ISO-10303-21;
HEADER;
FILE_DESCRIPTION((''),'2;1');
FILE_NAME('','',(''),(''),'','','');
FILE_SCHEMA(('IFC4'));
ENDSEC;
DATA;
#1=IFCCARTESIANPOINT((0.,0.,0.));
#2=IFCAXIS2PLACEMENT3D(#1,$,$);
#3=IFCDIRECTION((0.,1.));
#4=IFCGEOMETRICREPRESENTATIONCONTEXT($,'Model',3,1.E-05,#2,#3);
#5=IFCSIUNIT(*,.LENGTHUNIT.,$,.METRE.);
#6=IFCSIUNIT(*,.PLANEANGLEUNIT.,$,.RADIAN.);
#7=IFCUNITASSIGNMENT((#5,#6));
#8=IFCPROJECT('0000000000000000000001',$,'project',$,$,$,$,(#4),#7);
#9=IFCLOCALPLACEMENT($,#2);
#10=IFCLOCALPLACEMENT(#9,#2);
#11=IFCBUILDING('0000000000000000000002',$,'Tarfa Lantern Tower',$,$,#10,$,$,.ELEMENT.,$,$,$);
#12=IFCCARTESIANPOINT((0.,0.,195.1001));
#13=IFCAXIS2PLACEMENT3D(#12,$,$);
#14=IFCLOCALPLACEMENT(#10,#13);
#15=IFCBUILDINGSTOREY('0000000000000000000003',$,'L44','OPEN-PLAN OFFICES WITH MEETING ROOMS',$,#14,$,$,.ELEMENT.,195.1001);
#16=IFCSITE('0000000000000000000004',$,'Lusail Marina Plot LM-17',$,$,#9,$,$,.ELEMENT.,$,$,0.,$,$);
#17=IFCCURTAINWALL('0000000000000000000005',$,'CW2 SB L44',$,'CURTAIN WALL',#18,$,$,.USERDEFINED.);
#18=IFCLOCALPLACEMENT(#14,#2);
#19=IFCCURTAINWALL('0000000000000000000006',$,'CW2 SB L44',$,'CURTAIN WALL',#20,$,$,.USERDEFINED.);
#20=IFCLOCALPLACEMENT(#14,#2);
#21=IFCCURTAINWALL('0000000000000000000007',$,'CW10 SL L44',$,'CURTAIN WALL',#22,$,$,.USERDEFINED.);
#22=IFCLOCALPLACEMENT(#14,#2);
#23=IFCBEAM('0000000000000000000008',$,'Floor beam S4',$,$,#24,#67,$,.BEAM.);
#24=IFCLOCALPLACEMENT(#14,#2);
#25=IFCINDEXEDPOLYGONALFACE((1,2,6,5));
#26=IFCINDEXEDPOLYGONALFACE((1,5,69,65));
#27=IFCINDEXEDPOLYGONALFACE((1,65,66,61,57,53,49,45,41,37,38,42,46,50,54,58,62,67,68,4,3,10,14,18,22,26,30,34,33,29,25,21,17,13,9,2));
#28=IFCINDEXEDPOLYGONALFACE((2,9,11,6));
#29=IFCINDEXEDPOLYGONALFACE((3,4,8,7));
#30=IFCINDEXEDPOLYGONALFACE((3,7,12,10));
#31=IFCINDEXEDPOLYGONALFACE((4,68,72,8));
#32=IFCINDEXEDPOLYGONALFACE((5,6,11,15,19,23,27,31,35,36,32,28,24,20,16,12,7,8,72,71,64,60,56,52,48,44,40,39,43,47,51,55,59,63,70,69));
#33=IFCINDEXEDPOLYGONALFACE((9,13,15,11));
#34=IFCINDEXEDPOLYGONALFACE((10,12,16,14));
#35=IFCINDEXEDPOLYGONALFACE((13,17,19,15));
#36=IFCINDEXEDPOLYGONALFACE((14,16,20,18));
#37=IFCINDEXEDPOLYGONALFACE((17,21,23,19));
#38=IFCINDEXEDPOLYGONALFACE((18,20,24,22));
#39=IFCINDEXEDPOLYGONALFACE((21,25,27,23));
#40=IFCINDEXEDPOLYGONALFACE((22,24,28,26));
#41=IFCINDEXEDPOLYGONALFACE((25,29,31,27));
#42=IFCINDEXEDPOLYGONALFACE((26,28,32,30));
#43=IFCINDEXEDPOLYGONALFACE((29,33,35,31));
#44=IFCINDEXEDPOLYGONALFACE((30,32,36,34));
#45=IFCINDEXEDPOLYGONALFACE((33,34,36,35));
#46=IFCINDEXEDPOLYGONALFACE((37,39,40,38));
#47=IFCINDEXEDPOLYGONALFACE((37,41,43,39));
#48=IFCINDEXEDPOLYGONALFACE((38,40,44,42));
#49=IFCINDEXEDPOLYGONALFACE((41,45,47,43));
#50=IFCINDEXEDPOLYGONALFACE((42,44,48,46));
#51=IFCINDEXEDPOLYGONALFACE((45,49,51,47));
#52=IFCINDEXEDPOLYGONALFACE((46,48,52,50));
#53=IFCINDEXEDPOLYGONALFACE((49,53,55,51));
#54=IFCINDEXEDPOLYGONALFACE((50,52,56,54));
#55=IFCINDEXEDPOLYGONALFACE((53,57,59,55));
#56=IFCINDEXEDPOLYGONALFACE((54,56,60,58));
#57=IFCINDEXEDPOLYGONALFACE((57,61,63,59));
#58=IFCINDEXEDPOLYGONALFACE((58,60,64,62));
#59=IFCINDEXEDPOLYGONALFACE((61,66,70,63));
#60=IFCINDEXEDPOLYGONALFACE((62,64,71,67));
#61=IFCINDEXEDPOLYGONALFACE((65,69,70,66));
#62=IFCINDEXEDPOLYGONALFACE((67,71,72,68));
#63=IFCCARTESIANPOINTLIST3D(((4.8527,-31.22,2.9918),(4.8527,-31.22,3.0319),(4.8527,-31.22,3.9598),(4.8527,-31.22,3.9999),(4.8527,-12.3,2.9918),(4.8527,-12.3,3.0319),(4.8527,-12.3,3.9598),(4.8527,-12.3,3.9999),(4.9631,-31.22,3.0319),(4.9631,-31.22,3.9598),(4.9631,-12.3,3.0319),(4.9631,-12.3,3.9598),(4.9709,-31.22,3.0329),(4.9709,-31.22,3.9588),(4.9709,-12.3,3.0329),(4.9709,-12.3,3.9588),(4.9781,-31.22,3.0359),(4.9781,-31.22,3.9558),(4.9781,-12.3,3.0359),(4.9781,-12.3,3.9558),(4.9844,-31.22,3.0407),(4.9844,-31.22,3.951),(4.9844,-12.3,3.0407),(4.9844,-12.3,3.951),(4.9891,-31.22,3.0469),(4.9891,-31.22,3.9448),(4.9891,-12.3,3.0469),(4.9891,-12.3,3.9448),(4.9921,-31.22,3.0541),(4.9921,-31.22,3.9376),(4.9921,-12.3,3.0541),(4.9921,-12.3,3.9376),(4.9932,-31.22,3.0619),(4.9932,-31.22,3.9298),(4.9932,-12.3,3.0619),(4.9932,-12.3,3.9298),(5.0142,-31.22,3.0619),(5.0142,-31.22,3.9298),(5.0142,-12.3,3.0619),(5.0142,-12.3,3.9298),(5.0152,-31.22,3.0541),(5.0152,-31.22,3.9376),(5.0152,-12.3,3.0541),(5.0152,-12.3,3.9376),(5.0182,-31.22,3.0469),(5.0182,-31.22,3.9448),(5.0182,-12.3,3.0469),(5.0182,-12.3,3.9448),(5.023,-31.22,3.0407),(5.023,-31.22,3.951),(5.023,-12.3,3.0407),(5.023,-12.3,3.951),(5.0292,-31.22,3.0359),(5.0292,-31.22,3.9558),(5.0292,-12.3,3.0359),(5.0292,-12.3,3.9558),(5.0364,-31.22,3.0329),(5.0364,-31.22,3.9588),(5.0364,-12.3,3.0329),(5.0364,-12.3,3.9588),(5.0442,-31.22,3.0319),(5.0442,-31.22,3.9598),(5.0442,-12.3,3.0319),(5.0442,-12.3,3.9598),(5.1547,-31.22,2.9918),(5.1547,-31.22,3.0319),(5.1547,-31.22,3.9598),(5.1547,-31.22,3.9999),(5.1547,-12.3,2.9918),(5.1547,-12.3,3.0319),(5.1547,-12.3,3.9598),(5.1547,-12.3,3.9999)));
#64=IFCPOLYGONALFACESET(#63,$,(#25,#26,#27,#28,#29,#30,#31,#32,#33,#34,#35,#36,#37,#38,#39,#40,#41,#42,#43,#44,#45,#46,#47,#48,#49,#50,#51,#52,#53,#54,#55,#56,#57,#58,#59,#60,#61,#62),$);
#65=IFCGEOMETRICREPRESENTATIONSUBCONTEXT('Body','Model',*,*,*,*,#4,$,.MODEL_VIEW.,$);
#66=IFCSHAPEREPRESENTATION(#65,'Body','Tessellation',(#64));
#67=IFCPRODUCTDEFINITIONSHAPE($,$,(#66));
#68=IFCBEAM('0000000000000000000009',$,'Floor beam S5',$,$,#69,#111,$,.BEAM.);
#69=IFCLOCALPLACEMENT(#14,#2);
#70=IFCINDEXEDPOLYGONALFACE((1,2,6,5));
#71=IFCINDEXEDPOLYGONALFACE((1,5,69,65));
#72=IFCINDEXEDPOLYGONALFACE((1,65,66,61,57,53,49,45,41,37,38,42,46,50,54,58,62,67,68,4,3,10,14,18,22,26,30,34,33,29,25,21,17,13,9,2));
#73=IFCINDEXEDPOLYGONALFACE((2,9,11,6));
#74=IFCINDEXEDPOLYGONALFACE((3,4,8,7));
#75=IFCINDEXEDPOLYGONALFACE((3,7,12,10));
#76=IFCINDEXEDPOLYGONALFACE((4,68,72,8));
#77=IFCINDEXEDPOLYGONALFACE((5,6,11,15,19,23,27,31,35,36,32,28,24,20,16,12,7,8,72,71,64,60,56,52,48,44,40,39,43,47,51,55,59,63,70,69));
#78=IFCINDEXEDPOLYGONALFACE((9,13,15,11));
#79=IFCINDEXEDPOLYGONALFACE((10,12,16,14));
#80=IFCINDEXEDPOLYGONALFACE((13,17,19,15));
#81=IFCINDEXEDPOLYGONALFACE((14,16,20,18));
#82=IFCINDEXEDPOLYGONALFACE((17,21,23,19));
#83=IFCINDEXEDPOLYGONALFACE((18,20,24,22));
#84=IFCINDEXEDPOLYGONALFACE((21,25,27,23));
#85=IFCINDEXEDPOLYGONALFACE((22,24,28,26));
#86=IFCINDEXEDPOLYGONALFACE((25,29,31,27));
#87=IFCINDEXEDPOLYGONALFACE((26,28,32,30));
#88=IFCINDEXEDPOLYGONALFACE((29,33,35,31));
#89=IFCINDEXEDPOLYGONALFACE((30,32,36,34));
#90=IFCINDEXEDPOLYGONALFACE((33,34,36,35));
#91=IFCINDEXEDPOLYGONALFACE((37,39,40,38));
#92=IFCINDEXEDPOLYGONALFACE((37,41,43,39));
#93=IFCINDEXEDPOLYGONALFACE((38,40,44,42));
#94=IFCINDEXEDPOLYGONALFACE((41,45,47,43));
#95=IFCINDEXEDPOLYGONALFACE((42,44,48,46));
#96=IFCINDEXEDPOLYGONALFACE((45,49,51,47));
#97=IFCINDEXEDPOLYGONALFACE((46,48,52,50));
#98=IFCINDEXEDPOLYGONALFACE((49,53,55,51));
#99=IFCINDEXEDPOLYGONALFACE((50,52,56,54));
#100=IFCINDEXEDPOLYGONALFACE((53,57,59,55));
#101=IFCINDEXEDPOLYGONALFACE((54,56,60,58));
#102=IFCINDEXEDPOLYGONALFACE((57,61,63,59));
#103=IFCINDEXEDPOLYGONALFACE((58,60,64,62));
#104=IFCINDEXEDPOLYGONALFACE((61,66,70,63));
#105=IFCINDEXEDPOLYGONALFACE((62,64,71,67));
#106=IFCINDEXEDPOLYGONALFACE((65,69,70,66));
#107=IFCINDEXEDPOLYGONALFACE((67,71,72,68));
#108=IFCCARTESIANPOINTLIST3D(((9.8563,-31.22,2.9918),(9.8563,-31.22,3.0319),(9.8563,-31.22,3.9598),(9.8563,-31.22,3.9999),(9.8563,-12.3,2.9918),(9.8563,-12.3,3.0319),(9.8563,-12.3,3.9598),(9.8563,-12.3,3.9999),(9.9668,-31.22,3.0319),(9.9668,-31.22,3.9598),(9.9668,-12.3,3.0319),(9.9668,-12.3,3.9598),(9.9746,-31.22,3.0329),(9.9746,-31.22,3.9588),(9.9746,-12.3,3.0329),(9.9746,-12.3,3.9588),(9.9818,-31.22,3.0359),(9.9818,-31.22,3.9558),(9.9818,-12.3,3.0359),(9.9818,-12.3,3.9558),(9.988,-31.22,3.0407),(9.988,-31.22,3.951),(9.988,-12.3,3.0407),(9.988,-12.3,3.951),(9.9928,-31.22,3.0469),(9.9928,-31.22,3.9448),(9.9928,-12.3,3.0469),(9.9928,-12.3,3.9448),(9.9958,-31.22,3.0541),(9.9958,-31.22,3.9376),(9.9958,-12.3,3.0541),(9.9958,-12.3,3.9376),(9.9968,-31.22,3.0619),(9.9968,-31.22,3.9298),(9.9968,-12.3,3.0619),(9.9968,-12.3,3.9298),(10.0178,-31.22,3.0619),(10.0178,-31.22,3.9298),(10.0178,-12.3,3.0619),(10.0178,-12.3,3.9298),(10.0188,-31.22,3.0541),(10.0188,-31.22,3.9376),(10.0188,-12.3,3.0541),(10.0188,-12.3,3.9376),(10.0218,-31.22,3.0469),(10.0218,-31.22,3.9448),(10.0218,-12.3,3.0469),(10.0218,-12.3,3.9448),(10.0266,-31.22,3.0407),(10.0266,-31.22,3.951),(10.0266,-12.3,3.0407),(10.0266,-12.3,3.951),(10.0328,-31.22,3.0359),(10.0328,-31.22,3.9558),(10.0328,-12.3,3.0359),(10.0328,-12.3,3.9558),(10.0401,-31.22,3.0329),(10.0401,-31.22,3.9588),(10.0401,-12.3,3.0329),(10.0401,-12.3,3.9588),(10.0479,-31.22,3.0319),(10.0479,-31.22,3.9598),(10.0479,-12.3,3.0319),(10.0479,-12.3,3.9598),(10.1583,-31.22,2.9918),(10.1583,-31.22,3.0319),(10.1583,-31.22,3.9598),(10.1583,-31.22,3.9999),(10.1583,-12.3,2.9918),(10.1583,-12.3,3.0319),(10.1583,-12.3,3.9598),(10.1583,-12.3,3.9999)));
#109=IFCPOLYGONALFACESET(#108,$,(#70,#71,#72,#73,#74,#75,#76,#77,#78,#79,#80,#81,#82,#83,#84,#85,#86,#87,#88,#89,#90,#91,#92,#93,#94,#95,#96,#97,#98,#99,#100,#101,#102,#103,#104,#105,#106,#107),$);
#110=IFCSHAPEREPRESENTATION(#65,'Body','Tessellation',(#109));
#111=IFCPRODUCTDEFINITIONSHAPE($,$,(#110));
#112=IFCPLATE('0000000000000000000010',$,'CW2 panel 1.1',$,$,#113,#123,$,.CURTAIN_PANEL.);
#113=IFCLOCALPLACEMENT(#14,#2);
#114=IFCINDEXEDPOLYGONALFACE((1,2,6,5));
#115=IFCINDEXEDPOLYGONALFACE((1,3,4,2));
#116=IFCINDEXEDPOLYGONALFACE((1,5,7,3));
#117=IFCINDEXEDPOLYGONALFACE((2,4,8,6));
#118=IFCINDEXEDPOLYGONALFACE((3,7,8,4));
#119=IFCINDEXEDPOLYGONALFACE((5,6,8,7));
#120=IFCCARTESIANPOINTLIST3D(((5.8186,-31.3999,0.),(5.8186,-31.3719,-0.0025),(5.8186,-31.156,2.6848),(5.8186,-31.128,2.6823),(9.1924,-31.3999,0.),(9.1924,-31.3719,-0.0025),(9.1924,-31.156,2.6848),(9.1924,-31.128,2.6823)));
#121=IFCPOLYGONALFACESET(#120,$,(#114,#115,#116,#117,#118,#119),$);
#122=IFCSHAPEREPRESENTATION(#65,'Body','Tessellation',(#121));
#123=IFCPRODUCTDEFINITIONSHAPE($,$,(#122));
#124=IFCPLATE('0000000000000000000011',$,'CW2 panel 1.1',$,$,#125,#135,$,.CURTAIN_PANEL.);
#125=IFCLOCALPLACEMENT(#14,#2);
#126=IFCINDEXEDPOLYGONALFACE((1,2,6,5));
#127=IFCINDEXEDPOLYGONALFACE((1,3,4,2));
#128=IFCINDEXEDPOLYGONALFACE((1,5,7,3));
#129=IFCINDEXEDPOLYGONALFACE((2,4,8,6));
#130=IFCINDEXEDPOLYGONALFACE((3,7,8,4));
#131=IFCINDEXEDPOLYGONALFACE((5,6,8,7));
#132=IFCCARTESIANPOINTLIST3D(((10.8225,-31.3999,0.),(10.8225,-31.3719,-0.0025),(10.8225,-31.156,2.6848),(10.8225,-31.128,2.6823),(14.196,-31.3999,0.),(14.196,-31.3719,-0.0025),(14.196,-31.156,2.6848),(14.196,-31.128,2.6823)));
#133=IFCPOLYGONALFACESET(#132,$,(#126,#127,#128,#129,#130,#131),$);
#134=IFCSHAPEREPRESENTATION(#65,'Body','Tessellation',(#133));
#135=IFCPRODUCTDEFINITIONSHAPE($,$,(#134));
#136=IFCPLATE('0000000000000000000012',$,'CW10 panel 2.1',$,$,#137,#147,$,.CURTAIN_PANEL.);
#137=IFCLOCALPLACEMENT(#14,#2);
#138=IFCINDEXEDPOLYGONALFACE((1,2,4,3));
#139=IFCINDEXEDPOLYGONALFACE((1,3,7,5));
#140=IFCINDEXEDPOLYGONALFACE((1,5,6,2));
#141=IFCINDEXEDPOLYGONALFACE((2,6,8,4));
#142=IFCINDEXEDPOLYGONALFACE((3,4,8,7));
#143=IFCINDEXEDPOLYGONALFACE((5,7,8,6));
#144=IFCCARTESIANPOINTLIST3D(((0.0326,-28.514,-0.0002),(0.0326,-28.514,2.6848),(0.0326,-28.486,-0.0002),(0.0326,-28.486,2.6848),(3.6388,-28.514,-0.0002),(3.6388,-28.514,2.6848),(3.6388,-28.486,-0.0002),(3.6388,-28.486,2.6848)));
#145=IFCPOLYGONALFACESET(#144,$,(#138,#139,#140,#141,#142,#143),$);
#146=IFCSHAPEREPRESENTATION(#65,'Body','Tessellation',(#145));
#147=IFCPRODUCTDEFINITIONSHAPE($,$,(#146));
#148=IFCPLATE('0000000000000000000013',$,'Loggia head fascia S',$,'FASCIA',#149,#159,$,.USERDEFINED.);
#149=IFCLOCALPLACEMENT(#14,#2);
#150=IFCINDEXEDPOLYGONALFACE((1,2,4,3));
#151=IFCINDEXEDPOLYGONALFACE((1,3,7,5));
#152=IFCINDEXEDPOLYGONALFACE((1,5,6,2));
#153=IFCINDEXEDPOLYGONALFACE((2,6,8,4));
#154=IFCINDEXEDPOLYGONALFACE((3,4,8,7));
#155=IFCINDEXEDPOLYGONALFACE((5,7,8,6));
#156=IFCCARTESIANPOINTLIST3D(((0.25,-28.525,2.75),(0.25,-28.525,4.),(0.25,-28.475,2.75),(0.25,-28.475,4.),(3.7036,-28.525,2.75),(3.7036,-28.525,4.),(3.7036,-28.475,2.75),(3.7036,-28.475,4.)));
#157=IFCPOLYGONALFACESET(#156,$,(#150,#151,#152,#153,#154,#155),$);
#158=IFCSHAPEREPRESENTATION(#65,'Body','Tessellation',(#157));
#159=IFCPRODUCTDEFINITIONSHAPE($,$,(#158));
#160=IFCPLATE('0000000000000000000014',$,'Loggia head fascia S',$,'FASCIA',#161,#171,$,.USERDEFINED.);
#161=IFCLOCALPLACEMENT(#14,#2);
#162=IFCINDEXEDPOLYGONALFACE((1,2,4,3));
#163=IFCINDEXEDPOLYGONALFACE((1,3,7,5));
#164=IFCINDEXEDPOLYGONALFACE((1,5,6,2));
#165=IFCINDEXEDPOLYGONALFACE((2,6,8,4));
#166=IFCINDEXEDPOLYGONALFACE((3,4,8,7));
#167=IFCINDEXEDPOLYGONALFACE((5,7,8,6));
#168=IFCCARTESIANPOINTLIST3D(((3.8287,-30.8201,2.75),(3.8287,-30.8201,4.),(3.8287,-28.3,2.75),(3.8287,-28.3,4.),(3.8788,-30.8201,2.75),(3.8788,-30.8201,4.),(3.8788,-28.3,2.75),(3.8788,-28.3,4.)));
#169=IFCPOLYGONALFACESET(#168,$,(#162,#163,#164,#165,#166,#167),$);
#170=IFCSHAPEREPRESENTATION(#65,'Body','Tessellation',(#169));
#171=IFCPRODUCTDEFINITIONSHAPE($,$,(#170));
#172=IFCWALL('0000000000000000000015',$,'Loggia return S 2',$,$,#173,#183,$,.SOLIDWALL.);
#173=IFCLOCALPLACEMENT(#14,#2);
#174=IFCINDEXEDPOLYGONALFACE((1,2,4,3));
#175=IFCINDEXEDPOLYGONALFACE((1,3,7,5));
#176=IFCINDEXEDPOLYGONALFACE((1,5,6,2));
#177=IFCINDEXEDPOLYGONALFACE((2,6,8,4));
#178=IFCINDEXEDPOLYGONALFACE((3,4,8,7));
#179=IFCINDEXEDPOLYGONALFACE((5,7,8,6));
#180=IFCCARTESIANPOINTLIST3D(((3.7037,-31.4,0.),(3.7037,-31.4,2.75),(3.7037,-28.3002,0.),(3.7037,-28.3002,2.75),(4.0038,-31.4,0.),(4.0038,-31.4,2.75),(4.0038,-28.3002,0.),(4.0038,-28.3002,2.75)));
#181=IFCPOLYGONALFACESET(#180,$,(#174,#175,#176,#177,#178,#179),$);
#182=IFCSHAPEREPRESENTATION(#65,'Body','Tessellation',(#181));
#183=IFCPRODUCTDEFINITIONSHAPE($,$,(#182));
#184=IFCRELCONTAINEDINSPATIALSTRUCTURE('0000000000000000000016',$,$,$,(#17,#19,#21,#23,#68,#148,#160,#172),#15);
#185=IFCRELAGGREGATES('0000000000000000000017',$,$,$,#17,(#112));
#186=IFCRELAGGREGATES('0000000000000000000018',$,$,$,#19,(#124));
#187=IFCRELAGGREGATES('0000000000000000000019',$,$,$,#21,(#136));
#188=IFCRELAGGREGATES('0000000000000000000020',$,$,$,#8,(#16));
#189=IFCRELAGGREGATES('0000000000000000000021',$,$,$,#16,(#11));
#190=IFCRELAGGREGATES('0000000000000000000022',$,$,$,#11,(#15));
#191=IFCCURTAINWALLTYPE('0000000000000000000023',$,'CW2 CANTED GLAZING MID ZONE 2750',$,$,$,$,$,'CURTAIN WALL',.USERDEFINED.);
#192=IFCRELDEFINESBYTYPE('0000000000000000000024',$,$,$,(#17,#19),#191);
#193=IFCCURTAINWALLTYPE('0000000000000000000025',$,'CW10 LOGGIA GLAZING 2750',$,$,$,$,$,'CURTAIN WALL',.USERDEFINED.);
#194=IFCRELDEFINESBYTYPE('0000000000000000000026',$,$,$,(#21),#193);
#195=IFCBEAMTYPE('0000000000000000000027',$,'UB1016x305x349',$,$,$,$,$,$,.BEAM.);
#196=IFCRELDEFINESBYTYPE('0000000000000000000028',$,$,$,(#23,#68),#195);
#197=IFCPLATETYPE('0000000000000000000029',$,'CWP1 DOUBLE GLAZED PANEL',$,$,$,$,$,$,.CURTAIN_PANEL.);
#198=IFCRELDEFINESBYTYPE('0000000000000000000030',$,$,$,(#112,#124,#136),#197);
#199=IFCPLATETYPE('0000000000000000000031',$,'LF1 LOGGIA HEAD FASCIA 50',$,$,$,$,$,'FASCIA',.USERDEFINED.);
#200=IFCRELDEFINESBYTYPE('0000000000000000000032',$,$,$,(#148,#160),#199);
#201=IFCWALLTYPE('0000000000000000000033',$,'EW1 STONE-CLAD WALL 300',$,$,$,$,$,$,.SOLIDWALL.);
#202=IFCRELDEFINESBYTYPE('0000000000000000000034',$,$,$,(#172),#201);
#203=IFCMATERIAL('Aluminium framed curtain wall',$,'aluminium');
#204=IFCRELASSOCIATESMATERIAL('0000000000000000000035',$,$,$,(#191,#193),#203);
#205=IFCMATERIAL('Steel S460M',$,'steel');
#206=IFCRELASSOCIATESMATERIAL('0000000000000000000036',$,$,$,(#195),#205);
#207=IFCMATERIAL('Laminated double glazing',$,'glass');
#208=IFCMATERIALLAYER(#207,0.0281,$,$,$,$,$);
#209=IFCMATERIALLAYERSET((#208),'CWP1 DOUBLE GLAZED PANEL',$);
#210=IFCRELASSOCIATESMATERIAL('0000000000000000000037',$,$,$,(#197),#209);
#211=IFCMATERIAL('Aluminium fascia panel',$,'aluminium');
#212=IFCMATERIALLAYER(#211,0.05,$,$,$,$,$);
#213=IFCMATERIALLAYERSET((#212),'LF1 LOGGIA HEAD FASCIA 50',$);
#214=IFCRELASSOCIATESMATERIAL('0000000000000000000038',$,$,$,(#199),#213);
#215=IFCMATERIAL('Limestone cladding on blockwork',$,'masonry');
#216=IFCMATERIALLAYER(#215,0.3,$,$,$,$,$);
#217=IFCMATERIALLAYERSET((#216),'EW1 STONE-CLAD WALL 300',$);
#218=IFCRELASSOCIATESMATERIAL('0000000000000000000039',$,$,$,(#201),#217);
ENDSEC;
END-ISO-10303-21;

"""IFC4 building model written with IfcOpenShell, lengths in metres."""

from ifc_helpers import new_model, si_unit, direction, frame, frame_2d, origin, origin_2d, place, context, subcontext, project, spatial, polyline, rectangle, i_section, outline, extrude, material, layer, layer_set, material_profile, profile_set, type_object, element, aggregate, save


model = new_model("IFC4")

# Units and contexts
model_context = context("Model", 3, precision=1e-05, world=origin(), true_north=direction((0.0, 1.0)))
body_context = subcontext(model_context, "Body", "Model", "MODEL_VIEW")
ifc_project = project(units=[si_unit("LENGTHUNIT", "METRE"), si_unit("PLANEANGLEUNIT", "RADIAN")], contexts=[model_context])

# Site, building, storey
site_placement = place(None, origin())
site = spatial("IfcSite", under=ifc_project, at=site_placement, Name="Lusail Marina Plot LM-17", CompositionType="ELEMENT", RefElevation=0.0)
building_placement = place(site_placement, origin())
building = spatial("IfcBuilding", under=site, at=building_placement, Name="Tarfa Lantern Tower", CompositionType="ELEMENT")
storey_placement = place(building_placement, frame((0.0, 0.0, 195.1001)))
storey = spatial("IfcBuildingStorey", under=building, at=storey_placement, Name="L44", Description="OPEN-PLAN OFFICES WITH MEETING ROOMS", CompositionType="ELEMENT", Elevation=195.1001)

# Curtain wall
ifc_material_1 = material(Name="Aluminium framed curtain wall", Category="aluminium")
curtain_wall_type_1 = type_object("IfcCurtainWallType", Name="CW2 CANTED GLAZING MID ZONE 2750", ElementType="CURTAIN WALL", PredefinedType="USERDEFINED", material=ifc_material_1)
curtain_wall_1_placement = place(storey_placement, origin())
curtain_wall_1 = element("IfcCurtainWall", 1, at=curtain_wall_1_placement, inside=storey, type_object=curtain_wall_type_1, Name="CW2 SB L44", ObjectType="CURTAIN WALL", PredefinedType="USERDEFINED")

# Curtain walls
curtain_wall_2_placement = place(storey_placement, origin())
curtain_wall_2 = element("IfcCurtainWall", 2, at=curtain_wall_2_placement, inside=storey, type_object=curtain_wall_type_1, Name="CW2 SB L44", ObjectType="CURTAIN WALL", PredefinedType="USERDEFINED")
curtain_wall_type_2 = type_object("IfcCurtainWallType", Name="CW10 LOGGIA GLAZING 2750", ElementType="CURTAIN WALL", PredefinedType="USERDEFINED", material=ifc_material_1)
curtain_wall_3_placement = place(storey_placement, origin())
curtain_wall_3 = element("IfcCurtainWall", 3, at=curtain_wall_3_placement, inside=storey, type_object=curtain_wall_type_2, Name="CW10 SL L44", ObjectType="CURTAIN WALL", PredefinedType="USERDEFINED")

# Beams
ifc_material_2 = material(Name="Steel S460M", Category="steel")
ifc_material_profile_1 = material_profile(ifc_material_2, i_section(OverallWidth=0.302, OverallDepth=1.0081, WebThickness=0.021, FlangeThickness=0.04, FilletRadius=0.03, at=origin_2d()), Name="UB1016x305x349")
ifc_profile_set_1 = profile_set([ifc_material_profile_1], Name="Steel S460M")
beam_type_1 = type_object("IfcBeamType", Name="UB1016x305x349", PredefinedType="BEAM", material=ifc_profile_set_1)
for number, where, z_axis, x_axis, name in (
    (4, (5.0037, -31.22, 3.4958), (0.0, 1.0, 0.0), (-1.0, 0.0, 0.0), "Floor beam S4"),
    (5, (10.0073, -31.22, 3.4958), (0.0, 1.0, 0.0), (-1.0, 0.0, 0.0), "Floor beam S5"),
):
    element("IfcBeam", number, at=place(storey_placement, frame(where, z_axis=z_axis, x_axis=x_axis)), inside=storey, type_object=beam_type_1, Name=name, PredefinedType="BEAM", context=body_context, shape_type="SweptSolid", body=[
        extrude(i_section(OverallWidth=0.302, OverallDepth=1.0081, WebThickness=0.021, FlangeThickness=0.04, FilletRadius=0.03, at=origin_2d()), origin(), (0.0, 0.0, 1.0), 18.9199),
    ])

# Plates
ifc_material_3 = material(Name="Laminated double glazing", Category="glass")
ifc_layer_1 = layer(ifc_material_3, 0.0281)
ifc_layer_set_1 = layer_set([ifc_layer_1], Name="CWP1 DOUBLE GLAZED PANEL")
plate_type_1 = type_object("IfcPlateType", Name="CWP1 DOUBLE GLAZED PANEL", PredefinedType="CURTAIN_PANEL", material=ifc_layer_set_1)
plate_1_placement = place(storey_placement, frame((5.8186, -31.3999, 0.0), z_axis=(0.0, -0.995899, 0.09047), x_axis=(1.0, 0.0, 0.0)))
plate_1 = element("IfcPlate", 6, at=plate_1_placement, type_object=plate_type_1, Name="CW2 panel 1.1", PredefinedType="CURTAIN_PANEL", context=body_context, shape_type="SweptSolid", body=[
    extrude(outline(polyline([(0.0, 0.0), (3.3738, 0.0), (3.3738, 2.6959), (0.0, 2.6959), (0.0, 0.0)])), origin(), (0.0, 0.0, -1.0), 0.0281),
])
aggregate(curtain_wall_1, [plate_1])
plate_2_placement = place(storey_placement, frame((10.8225, -31.3999, 0.0), z_axis=(0.0, -0.995899, 0.09047), x_axis=(1.0, 0.0, 0.0)))
plate_2 = element("IfcPlate", 7, at=plate_2_placement, type_object=plate_type_1, Name="CW2 panel 1.1", PredefinedType="CURTAIN_PANEL", context=body_context, shape_type="SweptSolid", body=[
    extrude(outline(polyline([(0.0, 0.0), (3.3735, 0.0), (3.3735, 2.6959), (0.0, 2.6959), (0.0, 0.0)])), origin(), (0.0, 0.0, -1.0), 0.0281),
])
aggregate(curtain_wall_2, [plate_2])
plate_3_placement = place(storey_placement, frame((1.8357, -28.5, -0.0002), z_axis=(0.0, 0.0, 1.0), x_axis=(1.0, 0.0, 0.0)))
plate_3 = element("IfcPlate", 8, at=plate_3_placement, type_object=plate_type_1, Name="CW10 panel 2.1", PredefinedType="CURTAIN_PANEL", context=body_context, shape_type="SweptSolid", body=[
    extrude(rectangle(XDim=3.6062, YDim=0.0281, at=origin_2d()), origin(), (0.0, 0.0, 1.0), 2.6851),
])
aggregate(curtain_wall_3, [plate_3])

# Plates
ifc_material_4 = material(Name="Aluminium fascia panel", Category="aluminium")
ifc_layer_2 = layer(ifc_material_4, 0.05)
ifc_layer_set_2 = layer_set([ifc_layer_2], Name="LF1 LOGGIA HEAD FASCIA 50")
plate_type_2 = type_object("IfcPlateType", Name="LF1 LOGGIA HEAD FASCIA 50", ElementType="FASCIA", PredefinedType="USERDEFINED", material=ifc_layer_set_2)
plate_4_placement = place(storey_placement, frame((1.9768, -28.5, 2.75), z_axis=(0.0, 0.0, 1.0), x_axis=(1.0, 0.0, 0.0)))
element("IfcPlate", 9, at=plate_4_placement, inside=storey, type_object=plate_type_2, Name="Loggia head fascia S", ObjectType="FASCIA", PredefinedType="USERDEFINED", context=body_context, shape_type="SweptSolid", body=[
    extrude(rectangle(XDim=3.4536, YDim=0.05, at=origin_2d()), origin(), (0.0, 0.0, 1.0), 1.25),
])
plate_5_placement = place(storey_placement, frame((3.8538, -29.5601, 2.75), z_axis=(0.0, 0.0, 1.0), x_axis=(0.0, 1.0, 0.0)))
element("IfcPlate", 10, at=plate_5_placement, inside=storey, type_object=plate_type_2, Name="Loggia head fascia S", ObjectType="FASCIA", PredefinedType="USERDEFINED", context=body_context, shape_type="SweptSolid", body=[
    extrude(rectangle(XDim=2.52, YDim=0.05, at=origin_2d()), origin(), (0.0, 0.0, 1.0), 1.25),
])

# Wall
ifc_material_5 = material(Name="Limestone cladding on blockwork", Category="masonry")
ifc_layer_3 = layer(ifc_material_5, 0.3)
ifc_layer_set_3 = layer_set([ifc_layer_3], Name="EW1 STONE-CLAD WALL 300")
wall_type = type_object("IfcWallType", Name="EW1 STONE-CLAD WALL 300", PredefinedType="SOLIDWALL", material=ifc_layer_set_3)
wall_placement = place(storey_placement, frame((3.8538, -31.3999, 0.0), z_axis=(0.0, 0.0, 1.0), x_axis=(0.0, 1.0, 0.0)))
element("IfcWall", 11, at=wall_placement, inside=storey, type_object=wall_type, Name="Loggia return S 2", PredefinedType="SOLIDWALL", context=body_context, shape_type="SweptSolid", body=[
    extrude(rectangle(XDim=3.0999, YDim=0.3, at=frame_2d((1.5498, 0.0))), origin(), (0.0, 0.0, 1.0), 2.75),
])

save(model, "model.ifc")
